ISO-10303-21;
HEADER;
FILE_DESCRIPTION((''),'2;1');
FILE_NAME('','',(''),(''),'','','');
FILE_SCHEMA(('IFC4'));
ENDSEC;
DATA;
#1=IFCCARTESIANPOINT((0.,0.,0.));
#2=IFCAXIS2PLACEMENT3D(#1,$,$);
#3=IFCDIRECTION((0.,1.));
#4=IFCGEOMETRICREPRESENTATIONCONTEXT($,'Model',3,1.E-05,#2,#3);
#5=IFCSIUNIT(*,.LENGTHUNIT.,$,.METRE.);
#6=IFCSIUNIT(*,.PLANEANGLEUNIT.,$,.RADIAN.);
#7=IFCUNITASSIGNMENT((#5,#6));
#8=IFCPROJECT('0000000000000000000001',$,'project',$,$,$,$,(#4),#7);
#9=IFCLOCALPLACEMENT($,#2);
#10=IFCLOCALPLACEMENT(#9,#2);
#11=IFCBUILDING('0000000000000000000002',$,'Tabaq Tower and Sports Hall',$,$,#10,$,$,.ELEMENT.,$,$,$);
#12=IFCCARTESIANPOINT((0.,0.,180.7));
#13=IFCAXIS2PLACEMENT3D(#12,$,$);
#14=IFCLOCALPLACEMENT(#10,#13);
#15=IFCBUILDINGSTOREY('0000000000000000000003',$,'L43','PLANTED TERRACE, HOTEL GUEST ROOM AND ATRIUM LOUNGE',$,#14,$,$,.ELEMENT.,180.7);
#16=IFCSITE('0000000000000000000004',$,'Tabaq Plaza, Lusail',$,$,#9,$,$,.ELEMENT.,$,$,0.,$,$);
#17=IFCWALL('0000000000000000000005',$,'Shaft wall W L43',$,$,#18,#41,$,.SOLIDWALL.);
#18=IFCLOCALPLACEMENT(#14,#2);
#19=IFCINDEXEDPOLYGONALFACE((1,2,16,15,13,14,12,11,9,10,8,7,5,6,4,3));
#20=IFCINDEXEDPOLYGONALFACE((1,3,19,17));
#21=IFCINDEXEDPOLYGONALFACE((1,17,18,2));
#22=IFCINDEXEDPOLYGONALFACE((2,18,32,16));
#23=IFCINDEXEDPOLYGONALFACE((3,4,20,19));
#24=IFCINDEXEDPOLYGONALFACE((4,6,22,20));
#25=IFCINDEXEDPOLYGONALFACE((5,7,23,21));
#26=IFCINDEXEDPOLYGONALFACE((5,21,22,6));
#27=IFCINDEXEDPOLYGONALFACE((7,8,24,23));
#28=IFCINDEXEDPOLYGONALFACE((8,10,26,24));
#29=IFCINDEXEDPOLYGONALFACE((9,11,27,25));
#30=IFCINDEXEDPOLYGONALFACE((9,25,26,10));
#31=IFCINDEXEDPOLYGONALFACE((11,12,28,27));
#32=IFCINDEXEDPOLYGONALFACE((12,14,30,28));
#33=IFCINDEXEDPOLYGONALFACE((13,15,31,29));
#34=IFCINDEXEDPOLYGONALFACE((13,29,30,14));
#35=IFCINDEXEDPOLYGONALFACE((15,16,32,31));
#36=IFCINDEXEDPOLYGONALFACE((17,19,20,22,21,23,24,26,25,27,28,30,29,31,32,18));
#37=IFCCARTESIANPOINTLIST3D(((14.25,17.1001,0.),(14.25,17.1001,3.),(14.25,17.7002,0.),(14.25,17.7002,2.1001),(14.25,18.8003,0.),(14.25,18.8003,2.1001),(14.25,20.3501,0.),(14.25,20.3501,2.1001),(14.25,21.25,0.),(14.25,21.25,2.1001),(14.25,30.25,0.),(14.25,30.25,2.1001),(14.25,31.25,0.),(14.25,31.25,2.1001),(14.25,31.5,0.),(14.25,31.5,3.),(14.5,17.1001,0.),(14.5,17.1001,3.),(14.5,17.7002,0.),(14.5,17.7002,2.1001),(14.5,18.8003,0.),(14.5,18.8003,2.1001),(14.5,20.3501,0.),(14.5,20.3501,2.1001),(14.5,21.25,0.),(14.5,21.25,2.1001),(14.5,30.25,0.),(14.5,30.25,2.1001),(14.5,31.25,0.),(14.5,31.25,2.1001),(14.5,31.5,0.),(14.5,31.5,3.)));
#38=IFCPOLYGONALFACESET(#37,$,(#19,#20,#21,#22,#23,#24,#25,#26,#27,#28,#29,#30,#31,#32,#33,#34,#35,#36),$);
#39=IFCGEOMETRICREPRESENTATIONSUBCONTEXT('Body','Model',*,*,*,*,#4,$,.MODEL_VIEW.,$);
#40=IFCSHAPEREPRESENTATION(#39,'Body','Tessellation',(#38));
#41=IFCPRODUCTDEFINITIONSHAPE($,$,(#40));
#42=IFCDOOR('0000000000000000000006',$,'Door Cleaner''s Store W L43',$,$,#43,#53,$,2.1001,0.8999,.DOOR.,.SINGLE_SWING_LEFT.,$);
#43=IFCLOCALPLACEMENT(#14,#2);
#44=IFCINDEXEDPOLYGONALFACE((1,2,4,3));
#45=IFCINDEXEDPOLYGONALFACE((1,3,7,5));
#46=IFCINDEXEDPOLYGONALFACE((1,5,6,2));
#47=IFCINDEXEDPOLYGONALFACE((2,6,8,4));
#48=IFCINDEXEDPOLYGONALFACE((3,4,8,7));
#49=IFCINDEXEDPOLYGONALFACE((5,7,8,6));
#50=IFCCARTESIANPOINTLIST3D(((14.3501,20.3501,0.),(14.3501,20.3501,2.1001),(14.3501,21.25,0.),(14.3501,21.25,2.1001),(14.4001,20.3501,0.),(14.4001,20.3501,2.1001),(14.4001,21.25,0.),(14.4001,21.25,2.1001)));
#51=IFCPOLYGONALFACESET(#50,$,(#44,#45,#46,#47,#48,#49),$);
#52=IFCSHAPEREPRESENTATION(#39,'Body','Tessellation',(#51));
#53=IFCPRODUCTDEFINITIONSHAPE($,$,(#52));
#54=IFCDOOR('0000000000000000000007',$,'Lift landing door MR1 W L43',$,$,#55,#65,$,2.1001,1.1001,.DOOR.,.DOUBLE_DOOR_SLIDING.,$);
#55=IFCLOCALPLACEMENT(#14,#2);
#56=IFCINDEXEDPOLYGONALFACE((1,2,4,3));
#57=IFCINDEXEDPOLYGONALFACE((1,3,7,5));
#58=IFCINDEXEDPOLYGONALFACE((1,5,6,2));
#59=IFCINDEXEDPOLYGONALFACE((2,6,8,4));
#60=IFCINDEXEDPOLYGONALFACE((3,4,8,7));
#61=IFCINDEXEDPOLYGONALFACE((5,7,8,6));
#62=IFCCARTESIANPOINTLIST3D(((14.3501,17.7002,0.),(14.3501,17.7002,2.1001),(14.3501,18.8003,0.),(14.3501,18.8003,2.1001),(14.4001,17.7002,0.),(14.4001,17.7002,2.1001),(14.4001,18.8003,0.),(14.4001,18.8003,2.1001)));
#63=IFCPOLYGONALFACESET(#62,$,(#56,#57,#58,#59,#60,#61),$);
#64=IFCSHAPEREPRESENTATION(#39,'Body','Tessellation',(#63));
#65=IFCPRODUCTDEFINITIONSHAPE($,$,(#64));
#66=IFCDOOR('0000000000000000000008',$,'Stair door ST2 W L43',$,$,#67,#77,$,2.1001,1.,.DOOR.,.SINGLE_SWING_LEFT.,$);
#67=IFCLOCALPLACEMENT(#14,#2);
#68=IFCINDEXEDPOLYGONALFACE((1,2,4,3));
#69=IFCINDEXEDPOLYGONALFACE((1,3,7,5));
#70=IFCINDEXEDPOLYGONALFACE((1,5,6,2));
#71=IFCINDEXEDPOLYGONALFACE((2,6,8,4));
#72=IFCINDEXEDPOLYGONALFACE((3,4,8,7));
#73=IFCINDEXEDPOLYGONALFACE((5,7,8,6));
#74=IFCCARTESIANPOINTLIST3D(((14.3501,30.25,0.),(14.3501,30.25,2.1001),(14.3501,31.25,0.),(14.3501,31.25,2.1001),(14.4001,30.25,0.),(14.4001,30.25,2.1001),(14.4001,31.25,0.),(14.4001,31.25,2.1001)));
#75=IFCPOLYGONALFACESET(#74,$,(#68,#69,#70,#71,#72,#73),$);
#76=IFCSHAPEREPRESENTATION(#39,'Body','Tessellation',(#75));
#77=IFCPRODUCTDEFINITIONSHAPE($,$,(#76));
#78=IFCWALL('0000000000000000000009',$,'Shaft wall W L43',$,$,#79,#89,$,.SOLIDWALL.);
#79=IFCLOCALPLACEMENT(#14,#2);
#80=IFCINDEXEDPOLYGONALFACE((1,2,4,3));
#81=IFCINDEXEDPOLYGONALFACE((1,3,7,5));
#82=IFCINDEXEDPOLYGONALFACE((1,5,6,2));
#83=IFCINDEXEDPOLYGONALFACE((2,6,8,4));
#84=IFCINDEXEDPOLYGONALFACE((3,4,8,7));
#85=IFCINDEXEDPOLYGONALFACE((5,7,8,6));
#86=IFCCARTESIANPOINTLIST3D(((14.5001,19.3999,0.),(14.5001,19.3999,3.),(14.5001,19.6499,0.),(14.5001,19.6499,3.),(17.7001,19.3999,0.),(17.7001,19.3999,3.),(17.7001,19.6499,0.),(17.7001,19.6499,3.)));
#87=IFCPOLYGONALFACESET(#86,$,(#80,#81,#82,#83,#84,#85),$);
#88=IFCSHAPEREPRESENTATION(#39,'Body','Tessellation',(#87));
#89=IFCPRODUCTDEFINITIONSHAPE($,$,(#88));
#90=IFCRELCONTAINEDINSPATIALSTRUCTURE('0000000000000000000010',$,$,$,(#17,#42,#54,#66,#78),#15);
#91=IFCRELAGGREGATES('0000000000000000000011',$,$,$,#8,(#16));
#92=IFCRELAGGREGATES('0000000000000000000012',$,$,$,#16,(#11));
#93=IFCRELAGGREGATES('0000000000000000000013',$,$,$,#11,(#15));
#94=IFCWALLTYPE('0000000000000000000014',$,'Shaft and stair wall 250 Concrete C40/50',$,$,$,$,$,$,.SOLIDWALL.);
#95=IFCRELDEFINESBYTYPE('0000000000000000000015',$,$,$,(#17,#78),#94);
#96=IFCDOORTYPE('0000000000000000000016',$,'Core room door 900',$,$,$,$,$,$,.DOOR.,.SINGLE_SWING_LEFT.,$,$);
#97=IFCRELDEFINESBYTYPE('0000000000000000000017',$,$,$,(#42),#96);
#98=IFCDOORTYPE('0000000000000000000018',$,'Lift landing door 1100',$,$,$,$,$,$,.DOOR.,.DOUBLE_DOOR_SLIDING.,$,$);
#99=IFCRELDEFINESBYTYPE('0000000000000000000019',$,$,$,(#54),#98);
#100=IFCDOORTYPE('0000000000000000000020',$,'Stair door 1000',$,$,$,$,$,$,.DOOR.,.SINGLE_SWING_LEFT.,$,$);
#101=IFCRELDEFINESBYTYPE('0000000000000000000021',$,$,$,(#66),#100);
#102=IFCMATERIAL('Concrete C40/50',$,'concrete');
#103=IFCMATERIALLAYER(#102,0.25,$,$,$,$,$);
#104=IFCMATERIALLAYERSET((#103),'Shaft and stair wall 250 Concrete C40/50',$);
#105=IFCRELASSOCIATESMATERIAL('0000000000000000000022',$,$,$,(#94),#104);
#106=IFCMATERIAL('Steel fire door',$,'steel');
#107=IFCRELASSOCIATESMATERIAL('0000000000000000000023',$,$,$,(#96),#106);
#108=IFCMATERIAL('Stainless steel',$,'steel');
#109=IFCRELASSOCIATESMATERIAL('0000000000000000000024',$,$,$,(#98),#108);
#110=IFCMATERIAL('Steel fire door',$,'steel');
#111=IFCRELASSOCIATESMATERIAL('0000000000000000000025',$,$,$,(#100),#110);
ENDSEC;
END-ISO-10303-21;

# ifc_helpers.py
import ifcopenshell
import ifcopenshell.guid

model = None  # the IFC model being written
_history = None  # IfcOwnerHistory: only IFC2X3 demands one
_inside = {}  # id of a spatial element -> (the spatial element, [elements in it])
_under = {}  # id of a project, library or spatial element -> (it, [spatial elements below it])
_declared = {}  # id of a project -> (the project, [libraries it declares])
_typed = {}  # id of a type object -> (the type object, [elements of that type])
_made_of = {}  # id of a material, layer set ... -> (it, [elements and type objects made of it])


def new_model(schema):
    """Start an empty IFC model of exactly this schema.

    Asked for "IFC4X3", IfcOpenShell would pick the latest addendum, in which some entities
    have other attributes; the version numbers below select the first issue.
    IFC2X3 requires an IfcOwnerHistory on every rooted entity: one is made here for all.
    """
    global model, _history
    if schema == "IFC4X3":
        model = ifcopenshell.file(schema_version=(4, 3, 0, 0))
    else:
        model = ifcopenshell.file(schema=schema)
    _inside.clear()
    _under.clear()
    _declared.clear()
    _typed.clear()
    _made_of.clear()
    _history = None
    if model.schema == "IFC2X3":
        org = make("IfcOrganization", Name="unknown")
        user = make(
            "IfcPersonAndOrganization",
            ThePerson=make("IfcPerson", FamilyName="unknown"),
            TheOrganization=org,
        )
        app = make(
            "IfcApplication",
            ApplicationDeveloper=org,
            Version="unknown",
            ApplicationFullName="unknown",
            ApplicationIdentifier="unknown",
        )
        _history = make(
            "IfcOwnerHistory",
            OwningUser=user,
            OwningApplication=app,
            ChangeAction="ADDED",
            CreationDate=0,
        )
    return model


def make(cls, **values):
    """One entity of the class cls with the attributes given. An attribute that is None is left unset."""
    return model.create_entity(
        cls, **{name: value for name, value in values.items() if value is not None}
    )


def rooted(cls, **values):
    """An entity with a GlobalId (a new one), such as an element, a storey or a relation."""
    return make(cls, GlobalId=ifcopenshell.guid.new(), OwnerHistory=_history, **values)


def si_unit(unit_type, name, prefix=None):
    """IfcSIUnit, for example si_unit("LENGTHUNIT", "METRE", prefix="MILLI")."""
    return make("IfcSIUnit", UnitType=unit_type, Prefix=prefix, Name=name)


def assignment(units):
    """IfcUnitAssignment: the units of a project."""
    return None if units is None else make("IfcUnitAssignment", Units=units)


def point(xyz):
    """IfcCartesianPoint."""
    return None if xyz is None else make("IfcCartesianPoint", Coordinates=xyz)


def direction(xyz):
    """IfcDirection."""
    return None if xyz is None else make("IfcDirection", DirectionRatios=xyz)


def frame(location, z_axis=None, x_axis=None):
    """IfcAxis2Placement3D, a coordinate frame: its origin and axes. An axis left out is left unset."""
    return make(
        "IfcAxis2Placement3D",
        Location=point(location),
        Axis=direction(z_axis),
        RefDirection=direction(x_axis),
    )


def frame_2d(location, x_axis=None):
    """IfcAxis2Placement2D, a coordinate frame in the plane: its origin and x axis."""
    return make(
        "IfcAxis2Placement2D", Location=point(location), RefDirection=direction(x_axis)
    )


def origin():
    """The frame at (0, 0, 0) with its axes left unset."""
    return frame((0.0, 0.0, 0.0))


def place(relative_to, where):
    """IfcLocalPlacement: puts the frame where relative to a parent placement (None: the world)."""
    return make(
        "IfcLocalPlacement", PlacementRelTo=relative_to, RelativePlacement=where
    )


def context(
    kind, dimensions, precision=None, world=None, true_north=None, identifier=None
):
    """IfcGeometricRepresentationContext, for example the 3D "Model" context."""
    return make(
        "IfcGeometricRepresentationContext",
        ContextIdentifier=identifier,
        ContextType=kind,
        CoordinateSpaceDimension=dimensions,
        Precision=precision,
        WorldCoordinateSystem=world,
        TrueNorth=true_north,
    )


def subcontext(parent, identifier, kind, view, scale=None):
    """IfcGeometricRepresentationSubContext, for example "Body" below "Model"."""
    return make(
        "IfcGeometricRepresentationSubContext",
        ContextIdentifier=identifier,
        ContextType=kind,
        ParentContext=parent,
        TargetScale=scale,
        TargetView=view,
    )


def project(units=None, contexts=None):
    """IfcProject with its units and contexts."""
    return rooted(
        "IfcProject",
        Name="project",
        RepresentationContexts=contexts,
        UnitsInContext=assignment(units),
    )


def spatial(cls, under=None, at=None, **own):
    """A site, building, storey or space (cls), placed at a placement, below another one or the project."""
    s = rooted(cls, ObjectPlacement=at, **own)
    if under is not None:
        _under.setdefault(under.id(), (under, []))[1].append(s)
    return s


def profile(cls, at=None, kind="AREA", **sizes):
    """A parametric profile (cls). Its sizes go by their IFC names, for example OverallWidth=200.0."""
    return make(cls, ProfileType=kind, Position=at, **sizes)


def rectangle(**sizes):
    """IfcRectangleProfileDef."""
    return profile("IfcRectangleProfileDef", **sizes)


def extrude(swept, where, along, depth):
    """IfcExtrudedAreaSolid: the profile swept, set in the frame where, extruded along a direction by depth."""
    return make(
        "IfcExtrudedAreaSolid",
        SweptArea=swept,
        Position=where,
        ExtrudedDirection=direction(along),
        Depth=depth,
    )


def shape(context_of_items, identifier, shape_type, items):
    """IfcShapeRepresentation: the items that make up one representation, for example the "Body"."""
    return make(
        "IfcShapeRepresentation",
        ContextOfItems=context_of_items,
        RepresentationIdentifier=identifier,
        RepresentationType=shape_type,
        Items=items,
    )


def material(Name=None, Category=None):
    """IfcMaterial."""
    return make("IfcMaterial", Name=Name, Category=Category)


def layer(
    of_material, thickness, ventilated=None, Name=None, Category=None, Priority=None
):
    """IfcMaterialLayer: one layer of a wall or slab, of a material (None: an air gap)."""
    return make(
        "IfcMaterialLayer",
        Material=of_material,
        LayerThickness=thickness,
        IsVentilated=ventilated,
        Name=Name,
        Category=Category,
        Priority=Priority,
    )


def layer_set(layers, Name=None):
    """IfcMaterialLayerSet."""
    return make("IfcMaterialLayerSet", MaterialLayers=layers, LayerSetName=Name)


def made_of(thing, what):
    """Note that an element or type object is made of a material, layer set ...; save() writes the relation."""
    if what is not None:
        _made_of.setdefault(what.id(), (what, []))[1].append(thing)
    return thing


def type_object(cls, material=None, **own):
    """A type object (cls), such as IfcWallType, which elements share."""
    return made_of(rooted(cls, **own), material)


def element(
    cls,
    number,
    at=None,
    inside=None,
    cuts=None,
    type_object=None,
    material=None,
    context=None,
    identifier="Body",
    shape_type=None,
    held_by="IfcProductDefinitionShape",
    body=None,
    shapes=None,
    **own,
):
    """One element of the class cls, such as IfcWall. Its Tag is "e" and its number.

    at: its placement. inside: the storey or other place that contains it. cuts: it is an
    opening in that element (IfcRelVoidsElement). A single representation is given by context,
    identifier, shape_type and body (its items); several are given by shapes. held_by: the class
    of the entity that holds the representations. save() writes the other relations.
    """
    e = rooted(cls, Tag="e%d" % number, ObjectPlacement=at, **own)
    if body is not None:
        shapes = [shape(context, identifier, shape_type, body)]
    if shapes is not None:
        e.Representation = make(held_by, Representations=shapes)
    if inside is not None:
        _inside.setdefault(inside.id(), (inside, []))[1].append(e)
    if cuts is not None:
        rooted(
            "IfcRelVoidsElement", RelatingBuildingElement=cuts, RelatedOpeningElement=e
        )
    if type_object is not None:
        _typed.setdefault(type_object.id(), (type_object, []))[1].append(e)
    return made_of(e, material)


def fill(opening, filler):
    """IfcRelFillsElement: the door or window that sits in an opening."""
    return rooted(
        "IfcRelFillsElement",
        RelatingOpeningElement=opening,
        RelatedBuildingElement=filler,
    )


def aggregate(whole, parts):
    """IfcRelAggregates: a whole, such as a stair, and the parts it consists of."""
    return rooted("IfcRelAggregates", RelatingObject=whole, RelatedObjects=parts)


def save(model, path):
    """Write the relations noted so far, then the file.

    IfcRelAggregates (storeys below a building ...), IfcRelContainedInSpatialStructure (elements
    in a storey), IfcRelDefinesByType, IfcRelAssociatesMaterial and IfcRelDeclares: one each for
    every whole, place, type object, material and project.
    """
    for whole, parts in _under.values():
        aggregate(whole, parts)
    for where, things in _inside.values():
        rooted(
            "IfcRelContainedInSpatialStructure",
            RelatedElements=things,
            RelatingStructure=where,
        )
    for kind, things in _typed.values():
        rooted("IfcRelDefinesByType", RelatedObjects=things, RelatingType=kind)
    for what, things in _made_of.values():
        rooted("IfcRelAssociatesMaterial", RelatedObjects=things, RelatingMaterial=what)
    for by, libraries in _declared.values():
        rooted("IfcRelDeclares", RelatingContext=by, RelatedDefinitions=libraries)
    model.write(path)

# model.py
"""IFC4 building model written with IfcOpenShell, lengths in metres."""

from ifc_helpers import new_model, si_unit, direction, frame, frame_2d, origin, place, context, subcontext, project, spatial, rectangle, extrude, material, layer, layer_set, type_object, element, fill, save


model = new_model("IFC4")

# Units and contexts
model_context = context("Model", 3, precision=1e-05, world=origin(), true_north=direction((0.0, 1.0)))
body_context = subcontext(model_context, "Body", "Model", "MODEL_VIEW")
ifc_project = project(units=[si_unit("LENGTHUNIT", "METRE"), si_unit("PLANEANGLEUNIT", "RADIAN")], contexts=[model_context])

# Site, building, storey
site_placement = place(None, origin())
site = spatial("IfcSite", under=ifc_project, at=site_placement, Name="Tabaq Plaza, Lusail", CompositionType="ELEMENT", RefElevation=0.0)
building_placement = place(site_placement, origin())
building = spatial("IfcBuilding", under=site, at=building_placement, Name="Tabaq Tower and Sports Hall", CompositionType="ELEMENT")
storey_placement = place(building_placement, frame((0.0, 0.0, 180.7)))
storey = spatial("IfcBuildingStorey", under=building, at=storey_placement, Name="L43", Description="PLANTED TERRACE, HOTEL GUEST ROOM AND ATRIUM LOUNGE", CompositionType="ELEMENT", Elevation=180.7)

# Wall, openings, doors
ifc_material_1 = material(Name="Concrete C40/50", Category="concrete")
ifc_layer_1 = layer(ifc_material_1, 0.25)
ifc_layer_set_1 = layer_set([ifc_layer_1], Name="Shaft and stair wall 250 Concrete C40/50")
wall_type_1 = type_object("IfcWallType", Name="Shaft and stair wall 250 Concrete C40/50", PredefinedType="SOLIDWALL", material=ifc_layer_set_1)
wall_1_placement = place(storey_placement, frame((14.375, 17.1001, 0.0), z_axis=(0.0, 0.0, 1.0), x_axis=(0.0, 1.0, 0.0)))
wall_1 = element("IfcWall", 1, at=wall_1_placement, inside=storey, type_object=wall_type_1, Name="Shaft wall W L43", PredefinedType="SOLIDWALL", context=body_context, shape_type="SweptSolid", body=[
    extrude(rectangle(XDim=14.3999, YDim=0.25, at=frame_2d((7.2, 0.0))), origin(), (0.0, 0.0, 1.0), 3.0),
])
opening_1_placement = place(wall_1_placement, frame((13.1499, 0.0, 0.0)))
opening_1 = element("IfcOpeningElement", 2, at=opening_1_placement, cuts=wall_1, PredefinedType="OPENING", context=body_context, shape_type="SweptSolid", body=[
    extrude(rectangle(XDim=1.0, YDim=2.1001, at=frame_2d((0.5, 1.05))), frame((0.0, 0.125, 0.0), z_axis=(0.0, -1.0, 0.0), x_axis=(1.0, 0.0, 0.0)), (0.0, 0.0, 1.0), 0.25),
])
opening_2_placement = place(wall_1_placement, frame((0.6001, 0.0, 0.0)))
opening_2 = element("IfcOpeningElement", 3, at=opening_2_placement, cuts=wall_1, PredefinedType="OPENING", context=body_context, shape_type="SweptSolid", body=[
    extrude(rectangle(XDim=1.1001, YDim=2.1001, at=frame_2d((0.55, 1.05))), frame((0.0, 0.125, 0.0), z_axis=(0.0, -1.0, 0.0), x_axis=(1.0, 0.0, 0.0)), (0.0, 0.0, 1.0), 0.25),
])
opening_3_placement = place(wall_1_placement, frame((3.25, 0.0, 0.0)))
opening_3 = element("IfcOpeningElement", 4, at=opening_3_placement, cuts=wall_1, PredefinedType="OPENING", context=body_context, shape_type="SweptSolid", body=[
    extrude(rectangle(XDim=0.8999, YDim=2.1001, at=frame_2d((0.45, 1.05))), frame((0.0, 0.125, 0.0), z_axis=(0.0, -1.0, 0.0), x_axis=(1.0, 0.0, 0.0)), (0.0, 0.0, 1.0), 0.25),
])
ifc_material_2 = material(Name="Steel fire door", Category="steel")
door_type_1 = type_object("IfcDoorType", Name="Core room door 900", OperationType="SINGLE_SWING_LEFT", PredefinedType="DOOR", material=ifc_material_2)
door_1_placement = place(opening_3_placement, origin())
door_1 = element("IfcDoor", 5, at=door_1_placement, inside=storey, type_object=door_type_1, Name="Door Cleaner's Store W L43", OperationType="SINGLE_SWING_LEFT", OverallHeight=2.1001, OverallWidth=0.8999, PredefinedType="DOOR", context=body_context, shape_type="SweptSolid", body=[
    extrude(rectangle(XDim=0.8999, YDim=2.1001, at=frame_2d((0.45, 1.05))), frame((0.0, 0.0249, 0.0), z_axis=(0.0, -1.0, 0.0), x_axis=(1.0, 0.0, 0.0)), (0.0, 0.0, 1.0), 0.05),
])
fill(opening_3, door_1)
ifc_material_3 = material(Name="Stainless steel", Category="steel")
door_type_2 = type_object("IfcDoorType", Name="Lift landing door 1100", OperationType="DOUBLE_DOOR_SLIDING", PredefinedType="DOOR", material=ifc_material_3)
door_2_placement = place(opening_2_placement, origin())
door_2 = element("IfcDoor", 6, at=door_2_placement, inside=storey, type_object=door_type_2, Name="Lift landing door MR1 W L43", OperationType="DOUBLE_DOOR_SLIDING", OverallHeight=2.1001, OverallWidth=1.1001, PredefinedType="DOOR", context=body_context, shape_type="SweptSolid", body=[
    extrude(rectangle(XDim=1.1001, YDim=2.1001, at=frame_2d((0.55, 1.05))), frame((0.0, 0.0249, 0.0), z_axis=(0.0, -1.0, 0.0), x_axis=(1.0, 0.0, 0.0)), (0.0, 0.0, 1.0), 0.05),
])
fill(opening_2, door_2)
ifc_material_4 = material(Name="Steel fire door", Category="steel")
door_type_3 = type_object("IfcDoorType", Name="Stair door 1000", OperationType="SINGLE_SWING_LEFT", PredefinedType="DOOR", material=ifc_material_4)
door_3_placement = place(opening_1_placement, origin())
door_3 = element("IfcDoor", 7, at=door_3_placement, inside=storey, type_object=door_type_3, Name="Stair door ST2 W L43", OperationType="SINGLE_SWING_LEFT", OverallHeight=2.1001, OverallWidth=1.0, PredefinedType="DOOR", context=body_context, shape_type="SweptSolid", body=[
    extrude(rectangle(XDim=1.0, YDim=2.1001, at=frame_2d((0.5, 1.05))), frame((0.0, 0.0249, 0.0), z_axis=(0.0, -1.0, 0.0), x_axis=(1.0, 0.0, 0.0)), (0.0, 0.0, 1.0), 0.05),
])
fill(opening_1, door_3)

# Wall
wall_2_placement = place(storey_placement, frame((14.5, 19.5249, 0.0), z_axis=(0.0, 0.0, 1.0), x_axis=(1.0, 0.0, 0.0)))
element("IfcWall", 8, at=wall_2_placement, inside=storey, type_object=wall_type_1, Name="Shaft wall W L43", PredefinedType="SOLIDWALL", context=body_context, shape_type="SweptSolid", body=[
    extrude(rectangle(XDim=3.2, YDim=0.25, at=frame_2d((1.6001, 0.0))), origin(), (0.0, 0.0, 1.0), 3.0),
])

save(model, "model.ifc")
